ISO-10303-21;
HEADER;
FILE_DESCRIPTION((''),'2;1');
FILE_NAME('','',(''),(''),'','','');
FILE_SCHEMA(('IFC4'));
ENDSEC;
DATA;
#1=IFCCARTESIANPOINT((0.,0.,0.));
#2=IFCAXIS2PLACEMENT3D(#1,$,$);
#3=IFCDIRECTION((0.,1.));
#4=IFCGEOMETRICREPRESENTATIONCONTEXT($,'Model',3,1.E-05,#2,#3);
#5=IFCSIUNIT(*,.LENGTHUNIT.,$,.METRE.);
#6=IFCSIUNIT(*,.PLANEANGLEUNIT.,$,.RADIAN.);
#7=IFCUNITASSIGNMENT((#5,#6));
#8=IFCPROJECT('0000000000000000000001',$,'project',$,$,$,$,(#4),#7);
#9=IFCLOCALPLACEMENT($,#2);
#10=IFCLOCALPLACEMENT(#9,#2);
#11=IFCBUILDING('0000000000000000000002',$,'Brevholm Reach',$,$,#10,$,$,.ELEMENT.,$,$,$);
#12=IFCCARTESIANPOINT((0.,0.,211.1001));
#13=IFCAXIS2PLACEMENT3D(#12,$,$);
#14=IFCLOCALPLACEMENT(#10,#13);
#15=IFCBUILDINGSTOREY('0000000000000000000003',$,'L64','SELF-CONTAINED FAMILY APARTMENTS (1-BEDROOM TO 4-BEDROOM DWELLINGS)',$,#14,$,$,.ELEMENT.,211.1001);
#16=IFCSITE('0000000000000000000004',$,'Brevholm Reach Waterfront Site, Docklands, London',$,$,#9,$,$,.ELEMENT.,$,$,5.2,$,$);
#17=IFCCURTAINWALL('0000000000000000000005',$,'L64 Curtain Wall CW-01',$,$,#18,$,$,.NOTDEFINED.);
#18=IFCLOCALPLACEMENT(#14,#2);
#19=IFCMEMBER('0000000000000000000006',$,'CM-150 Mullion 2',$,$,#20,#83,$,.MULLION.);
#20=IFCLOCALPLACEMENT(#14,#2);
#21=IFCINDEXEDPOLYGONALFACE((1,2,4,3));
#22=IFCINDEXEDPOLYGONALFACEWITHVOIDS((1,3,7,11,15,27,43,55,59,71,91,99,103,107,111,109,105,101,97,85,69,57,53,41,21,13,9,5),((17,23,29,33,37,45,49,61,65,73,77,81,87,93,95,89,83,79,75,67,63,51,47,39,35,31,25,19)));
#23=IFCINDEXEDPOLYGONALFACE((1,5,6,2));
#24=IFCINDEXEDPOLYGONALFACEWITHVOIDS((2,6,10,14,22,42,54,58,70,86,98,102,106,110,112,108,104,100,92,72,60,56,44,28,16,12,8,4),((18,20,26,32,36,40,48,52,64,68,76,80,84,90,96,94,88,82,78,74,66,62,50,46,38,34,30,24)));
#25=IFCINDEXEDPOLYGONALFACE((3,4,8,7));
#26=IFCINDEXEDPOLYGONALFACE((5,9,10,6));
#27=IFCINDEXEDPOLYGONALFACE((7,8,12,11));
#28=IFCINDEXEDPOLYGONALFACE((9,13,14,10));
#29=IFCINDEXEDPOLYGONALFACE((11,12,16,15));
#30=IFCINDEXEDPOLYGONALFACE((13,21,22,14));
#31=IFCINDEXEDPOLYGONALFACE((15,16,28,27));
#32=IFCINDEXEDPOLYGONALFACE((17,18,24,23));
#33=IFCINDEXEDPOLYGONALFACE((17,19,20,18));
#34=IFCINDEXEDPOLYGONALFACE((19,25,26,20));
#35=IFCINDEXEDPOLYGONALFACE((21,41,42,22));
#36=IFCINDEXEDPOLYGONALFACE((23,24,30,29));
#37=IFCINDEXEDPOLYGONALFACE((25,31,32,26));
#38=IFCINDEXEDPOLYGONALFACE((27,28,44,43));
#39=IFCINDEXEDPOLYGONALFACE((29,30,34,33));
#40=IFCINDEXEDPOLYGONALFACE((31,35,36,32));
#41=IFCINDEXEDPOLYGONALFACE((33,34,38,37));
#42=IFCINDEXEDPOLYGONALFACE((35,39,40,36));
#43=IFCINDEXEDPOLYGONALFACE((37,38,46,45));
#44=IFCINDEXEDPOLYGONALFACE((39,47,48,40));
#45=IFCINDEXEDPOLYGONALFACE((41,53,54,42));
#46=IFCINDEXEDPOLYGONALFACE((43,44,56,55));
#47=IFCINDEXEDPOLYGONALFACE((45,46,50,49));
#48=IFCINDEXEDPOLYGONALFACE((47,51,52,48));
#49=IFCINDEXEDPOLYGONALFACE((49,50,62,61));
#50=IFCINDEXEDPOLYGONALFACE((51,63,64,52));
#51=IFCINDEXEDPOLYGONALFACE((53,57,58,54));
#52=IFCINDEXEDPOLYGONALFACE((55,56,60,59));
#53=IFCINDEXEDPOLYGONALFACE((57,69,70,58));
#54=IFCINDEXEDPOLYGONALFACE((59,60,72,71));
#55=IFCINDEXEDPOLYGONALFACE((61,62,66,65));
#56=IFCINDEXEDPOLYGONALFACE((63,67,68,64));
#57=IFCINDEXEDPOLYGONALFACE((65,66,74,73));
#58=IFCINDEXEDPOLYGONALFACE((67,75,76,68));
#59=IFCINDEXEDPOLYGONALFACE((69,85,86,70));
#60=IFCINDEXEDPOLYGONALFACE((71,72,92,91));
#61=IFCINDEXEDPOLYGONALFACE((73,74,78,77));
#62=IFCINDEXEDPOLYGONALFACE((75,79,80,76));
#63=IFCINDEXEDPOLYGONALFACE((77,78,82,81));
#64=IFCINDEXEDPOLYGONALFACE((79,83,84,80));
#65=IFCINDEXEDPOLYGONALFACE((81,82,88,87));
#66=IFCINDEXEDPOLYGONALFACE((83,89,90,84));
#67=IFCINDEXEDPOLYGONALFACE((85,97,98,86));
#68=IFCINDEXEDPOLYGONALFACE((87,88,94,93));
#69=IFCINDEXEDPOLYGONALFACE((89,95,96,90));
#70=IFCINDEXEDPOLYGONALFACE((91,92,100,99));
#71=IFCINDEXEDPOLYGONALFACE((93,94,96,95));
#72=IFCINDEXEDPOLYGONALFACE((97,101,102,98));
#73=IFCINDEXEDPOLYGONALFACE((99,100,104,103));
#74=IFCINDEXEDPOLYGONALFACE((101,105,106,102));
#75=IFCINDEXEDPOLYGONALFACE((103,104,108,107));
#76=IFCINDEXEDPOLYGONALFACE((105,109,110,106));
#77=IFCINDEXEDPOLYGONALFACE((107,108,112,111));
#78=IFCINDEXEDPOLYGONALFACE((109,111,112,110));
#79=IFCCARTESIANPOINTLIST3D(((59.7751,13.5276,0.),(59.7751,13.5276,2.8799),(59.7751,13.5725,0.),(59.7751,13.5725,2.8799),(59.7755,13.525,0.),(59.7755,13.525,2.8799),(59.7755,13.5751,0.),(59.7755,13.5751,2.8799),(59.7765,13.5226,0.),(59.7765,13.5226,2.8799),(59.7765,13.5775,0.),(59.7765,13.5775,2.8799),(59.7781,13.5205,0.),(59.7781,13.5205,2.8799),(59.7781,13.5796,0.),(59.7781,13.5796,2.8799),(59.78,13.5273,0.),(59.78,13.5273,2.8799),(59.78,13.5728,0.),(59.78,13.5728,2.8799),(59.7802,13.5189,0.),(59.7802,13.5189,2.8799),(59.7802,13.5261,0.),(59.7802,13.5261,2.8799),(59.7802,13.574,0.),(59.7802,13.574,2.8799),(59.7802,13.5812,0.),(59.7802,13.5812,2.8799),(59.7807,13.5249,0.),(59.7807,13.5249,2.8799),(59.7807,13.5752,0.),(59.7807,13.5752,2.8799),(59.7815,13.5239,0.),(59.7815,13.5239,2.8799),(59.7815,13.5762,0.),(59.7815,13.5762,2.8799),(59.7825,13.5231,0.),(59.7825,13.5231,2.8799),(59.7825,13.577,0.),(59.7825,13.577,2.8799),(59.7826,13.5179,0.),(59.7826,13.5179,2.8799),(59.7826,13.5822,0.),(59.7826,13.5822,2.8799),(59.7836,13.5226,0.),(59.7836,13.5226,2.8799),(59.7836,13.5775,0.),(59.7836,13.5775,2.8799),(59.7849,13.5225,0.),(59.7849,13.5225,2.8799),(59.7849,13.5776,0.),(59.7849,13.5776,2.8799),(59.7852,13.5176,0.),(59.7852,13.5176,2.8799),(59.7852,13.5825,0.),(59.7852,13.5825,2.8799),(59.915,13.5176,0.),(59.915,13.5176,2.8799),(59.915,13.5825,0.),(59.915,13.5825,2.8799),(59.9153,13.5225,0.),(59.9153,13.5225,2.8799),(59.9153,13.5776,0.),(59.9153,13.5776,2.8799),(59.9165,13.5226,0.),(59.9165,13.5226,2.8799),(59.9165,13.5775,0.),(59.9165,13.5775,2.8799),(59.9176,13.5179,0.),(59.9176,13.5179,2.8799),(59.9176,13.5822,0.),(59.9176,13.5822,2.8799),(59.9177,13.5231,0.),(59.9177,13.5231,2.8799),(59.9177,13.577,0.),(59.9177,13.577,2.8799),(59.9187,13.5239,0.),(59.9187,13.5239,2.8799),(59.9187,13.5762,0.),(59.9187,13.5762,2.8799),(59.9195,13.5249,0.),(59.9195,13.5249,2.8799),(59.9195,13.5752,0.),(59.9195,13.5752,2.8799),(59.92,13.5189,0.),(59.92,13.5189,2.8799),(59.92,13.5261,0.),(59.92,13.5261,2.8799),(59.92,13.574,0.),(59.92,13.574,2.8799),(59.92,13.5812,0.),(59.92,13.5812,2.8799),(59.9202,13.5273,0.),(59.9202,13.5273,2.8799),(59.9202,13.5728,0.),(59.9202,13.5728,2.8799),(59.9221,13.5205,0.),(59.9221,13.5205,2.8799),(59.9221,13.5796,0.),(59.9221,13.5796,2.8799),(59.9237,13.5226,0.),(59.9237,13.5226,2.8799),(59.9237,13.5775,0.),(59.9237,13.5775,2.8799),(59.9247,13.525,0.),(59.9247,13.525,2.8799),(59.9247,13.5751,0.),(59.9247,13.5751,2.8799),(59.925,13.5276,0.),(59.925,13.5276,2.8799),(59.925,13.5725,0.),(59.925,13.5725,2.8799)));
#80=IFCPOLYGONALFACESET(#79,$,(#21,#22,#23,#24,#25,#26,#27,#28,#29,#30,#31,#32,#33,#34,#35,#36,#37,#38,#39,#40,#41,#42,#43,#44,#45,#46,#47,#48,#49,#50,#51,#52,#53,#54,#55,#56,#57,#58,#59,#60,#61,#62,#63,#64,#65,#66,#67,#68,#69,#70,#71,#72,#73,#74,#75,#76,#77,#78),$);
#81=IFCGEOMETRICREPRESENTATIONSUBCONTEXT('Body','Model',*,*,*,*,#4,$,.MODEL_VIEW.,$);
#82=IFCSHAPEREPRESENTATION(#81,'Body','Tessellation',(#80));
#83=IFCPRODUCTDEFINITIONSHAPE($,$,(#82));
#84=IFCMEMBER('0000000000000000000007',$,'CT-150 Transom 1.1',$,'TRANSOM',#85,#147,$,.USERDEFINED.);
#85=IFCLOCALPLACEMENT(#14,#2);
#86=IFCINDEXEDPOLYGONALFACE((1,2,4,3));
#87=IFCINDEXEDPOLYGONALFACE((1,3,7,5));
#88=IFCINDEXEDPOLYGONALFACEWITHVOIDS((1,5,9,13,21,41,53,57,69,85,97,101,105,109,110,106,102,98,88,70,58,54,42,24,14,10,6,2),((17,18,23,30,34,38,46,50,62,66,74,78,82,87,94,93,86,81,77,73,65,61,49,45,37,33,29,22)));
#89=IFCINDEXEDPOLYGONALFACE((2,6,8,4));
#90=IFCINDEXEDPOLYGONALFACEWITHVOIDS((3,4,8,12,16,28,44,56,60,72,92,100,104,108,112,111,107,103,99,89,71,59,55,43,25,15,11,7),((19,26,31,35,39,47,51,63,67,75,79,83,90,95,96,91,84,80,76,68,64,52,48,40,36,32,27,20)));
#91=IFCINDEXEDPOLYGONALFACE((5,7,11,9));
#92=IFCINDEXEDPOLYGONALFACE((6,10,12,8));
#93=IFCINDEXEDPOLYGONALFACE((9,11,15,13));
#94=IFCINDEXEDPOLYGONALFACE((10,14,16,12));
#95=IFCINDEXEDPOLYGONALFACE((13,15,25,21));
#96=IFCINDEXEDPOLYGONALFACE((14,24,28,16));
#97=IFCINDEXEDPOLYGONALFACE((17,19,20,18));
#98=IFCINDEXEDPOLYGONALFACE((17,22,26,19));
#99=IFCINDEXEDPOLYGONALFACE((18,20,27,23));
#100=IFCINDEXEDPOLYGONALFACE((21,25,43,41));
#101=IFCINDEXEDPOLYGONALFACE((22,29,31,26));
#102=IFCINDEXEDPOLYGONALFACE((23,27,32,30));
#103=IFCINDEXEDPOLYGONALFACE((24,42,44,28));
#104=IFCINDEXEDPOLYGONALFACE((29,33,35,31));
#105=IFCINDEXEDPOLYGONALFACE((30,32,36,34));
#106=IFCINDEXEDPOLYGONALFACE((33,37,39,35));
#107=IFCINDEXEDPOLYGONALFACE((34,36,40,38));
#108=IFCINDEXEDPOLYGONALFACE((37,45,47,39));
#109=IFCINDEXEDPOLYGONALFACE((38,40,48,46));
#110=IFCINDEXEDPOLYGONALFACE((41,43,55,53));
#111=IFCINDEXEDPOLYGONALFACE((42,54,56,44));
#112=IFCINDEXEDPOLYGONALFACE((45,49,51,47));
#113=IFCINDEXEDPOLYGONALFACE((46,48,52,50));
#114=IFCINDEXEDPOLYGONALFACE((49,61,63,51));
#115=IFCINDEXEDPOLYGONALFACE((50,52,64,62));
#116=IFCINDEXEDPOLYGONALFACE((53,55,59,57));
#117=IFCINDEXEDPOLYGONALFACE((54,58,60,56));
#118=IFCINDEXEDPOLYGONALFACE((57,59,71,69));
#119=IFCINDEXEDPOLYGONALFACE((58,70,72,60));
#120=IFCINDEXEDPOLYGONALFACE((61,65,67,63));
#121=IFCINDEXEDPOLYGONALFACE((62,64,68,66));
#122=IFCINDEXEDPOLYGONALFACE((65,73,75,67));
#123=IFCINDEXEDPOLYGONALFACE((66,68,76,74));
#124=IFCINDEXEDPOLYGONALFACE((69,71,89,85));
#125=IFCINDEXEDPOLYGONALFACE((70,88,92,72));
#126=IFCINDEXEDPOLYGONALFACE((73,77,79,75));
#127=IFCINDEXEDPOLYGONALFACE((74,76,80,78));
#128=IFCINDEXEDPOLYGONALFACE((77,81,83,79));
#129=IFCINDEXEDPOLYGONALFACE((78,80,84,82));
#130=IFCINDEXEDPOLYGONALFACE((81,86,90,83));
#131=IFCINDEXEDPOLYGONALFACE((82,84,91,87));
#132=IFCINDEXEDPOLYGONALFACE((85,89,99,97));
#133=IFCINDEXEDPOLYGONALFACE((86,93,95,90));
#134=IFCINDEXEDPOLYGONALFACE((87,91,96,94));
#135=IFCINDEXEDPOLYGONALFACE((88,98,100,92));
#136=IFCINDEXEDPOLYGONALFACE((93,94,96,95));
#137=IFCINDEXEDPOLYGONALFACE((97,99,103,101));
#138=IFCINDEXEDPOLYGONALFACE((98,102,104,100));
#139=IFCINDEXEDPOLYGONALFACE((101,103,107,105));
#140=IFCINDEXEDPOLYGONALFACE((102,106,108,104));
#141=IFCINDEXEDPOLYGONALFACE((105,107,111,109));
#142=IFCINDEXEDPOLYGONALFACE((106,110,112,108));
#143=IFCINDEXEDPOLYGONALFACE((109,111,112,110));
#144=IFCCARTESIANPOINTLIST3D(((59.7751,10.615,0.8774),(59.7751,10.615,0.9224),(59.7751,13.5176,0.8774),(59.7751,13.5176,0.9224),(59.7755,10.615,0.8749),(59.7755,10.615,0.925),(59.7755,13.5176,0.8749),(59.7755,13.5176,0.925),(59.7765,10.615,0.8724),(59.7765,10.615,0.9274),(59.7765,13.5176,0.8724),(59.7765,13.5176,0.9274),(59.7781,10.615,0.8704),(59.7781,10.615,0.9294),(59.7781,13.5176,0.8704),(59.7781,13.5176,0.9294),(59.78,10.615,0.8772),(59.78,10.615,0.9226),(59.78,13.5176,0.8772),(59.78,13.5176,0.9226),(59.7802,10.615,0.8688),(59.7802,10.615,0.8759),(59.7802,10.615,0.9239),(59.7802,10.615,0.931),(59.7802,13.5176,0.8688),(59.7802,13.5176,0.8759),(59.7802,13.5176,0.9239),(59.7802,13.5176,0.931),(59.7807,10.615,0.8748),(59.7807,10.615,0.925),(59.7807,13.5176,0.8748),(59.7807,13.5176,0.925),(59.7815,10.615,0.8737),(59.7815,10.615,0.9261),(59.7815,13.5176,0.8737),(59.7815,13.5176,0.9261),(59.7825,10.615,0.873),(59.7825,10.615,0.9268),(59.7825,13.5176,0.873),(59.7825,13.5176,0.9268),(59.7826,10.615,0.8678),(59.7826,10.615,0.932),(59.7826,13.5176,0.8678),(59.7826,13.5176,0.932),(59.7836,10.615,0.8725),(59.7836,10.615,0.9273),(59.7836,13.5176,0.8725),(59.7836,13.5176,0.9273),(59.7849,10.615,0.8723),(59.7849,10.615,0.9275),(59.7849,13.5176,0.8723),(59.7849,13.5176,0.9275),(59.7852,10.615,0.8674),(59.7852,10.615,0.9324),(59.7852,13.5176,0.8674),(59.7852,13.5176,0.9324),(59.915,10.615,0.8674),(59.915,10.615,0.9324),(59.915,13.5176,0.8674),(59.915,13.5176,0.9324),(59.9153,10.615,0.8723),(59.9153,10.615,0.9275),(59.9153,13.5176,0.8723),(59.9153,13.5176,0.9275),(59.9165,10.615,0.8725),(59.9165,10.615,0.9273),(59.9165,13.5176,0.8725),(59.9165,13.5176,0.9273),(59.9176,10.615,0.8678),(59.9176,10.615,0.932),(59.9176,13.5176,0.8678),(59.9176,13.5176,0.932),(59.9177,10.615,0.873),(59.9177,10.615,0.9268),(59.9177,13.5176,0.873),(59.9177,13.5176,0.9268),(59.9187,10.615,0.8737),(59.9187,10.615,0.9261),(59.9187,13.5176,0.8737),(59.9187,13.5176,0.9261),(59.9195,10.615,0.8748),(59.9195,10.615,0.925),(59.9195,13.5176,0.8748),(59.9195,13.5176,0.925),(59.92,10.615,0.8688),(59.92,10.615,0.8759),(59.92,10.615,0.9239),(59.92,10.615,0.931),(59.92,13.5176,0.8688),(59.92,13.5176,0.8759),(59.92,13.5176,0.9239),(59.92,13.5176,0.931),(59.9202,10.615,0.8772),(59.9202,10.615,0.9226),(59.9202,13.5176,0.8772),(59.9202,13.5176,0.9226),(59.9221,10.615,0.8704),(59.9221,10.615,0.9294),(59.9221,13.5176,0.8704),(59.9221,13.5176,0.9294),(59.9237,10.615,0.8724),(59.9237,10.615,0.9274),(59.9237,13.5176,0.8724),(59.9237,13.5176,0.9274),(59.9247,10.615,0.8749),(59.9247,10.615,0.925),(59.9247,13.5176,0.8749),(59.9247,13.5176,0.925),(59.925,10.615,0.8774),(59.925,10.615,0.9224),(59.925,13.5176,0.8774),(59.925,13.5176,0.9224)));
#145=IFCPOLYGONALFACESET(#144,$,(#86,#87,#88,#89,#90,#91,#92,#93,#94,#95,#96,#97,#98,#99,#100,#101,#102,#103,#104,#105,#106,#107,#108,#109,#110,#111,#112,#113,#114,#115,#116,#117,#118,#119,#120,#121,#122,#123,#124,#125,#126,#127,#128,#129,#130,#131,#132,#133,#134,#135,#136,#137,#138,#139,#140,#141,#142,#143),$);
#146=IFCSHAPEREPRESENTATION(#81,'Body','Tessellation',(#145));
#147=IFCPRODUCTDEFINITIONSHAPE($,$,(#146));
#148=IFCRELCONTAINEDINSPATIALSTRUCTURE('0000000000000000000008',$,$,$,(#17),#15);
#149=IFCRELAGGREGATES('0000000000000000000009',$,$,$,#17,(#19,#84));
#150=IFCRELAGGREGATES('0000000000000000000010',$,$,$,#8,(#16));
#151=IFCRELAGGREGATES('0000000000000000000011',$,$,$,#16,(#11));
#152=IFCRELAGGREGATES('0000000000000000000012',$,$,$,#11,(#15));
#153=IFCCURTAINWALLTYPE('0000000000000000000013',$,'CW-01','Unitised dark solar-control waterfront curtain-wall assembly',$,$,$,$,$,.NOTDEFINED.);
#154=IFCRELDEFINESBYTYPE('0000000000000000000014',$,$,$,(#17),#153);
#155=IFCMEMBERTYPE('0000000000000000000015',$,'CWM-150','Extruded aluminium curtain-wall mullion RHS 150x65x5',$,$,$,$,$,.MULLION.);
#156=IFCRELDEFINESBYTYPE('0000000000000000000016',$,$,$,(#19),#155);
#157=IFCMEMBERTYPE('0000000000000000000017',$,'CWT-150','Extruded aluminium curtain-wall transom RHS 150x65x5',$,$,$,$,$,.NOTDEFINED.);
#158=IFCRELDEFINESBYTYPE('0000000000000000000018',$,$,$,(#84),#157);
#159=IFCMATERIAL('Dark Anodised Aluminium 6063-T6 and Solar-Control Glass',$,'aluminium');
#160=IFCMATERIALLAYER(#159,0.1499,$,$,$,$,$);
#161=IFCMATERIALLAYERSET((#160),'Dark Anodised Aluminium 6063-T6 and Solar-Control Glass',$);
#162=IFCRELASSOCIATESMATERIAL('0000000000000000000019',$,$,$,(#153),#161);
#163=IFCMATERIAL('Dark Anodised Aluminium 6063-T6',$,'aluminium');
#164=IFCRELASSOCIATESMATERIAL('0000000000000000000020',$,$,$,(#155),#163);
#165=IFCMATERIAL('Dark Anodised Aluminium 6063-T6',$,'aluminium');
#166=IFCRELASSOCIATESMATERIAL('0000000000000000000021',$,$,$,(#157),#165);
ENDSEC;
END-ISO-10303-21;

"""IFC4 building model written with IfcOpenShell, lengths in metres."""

from ifc_helpers import new_model, si_unit, direction, frame, origin, origin_2d, place, context, subcontext, project, spatial, hollow_rectangle, extrude, material, layer, layer_set, material_profile, profile_set, type_object, element, aggregate, save


model = new_model("IFC4")

# Units and contexts
model_context = context("Model", 3, precision=1e-05, world=origin(), true_north=direction((0.0, 1.0)))
body_context = subcontext(model_context, "Body", "Model", "MODEL_VIEW")
ifc_project = project(units=[si_unit("LENGTHUNIT", "METRE"), si_unit("PLANEANGLEUNIT", "RADIAN")], contexts=[model_context])

# Site, building, storey
site_placement = place(None, origin())
site = spatial("IfcSite", under=ifc_project, at=site_placement, Name="Brevholm Reach Waterfront Site, Docklands, London", CompositionType="ELEMENT", RefElevation=5.2)
building_placement = place(site_placement, origin())
building = spatial("IfcBuilding", under=site, at=building_placement, Name="Brevholm Reach", CompositionType="ELEMENT")
storey_placement = place(building_placement, frame((0.0, 0.0, 211.1001)))
storey = spatial("IfcBuildingStorey", under=building, at=storey_placement, Name="L64", Description="SELF-CONTAINED FAMILY APARTMENTS (1-BEDROOM TO 4-BEDROOM DWELLINGS)", CompositionType="ELEMENT", Elevation=211.1001)

# Curtain wall, members
ifc_material_1 = material(Name="Dark Anodised Aluminium 6063-T6 and Solar-Control Glass", Category="aluminium")
ifc_layer_1 = layer(ifc_material_1, 0.1499)
ifc_layer_set_1 = layer_set([ifc_layer_1], Name="Dark Anodised Aluminium 6063-T6 and Solar-Control Glass")
curtain_wall_type = type_object("IfcCurtainWallType", Name="CW-01", Description="Unitised dark solar-control waterfront curtain-wall assembly", PredefinedType="NOTDEFINED", material=ifc_layer_set_1)
curtain_wall_placement = place(storey_placement, origin())
curtain_wall = element("IfcCurtainWall", 1, at=curtain_wall_placement, inside=storey, type_object=curtain_wall_type, Name="L64 Curtain Wall CW-01", PredefinedType="NOTDEFINED")
ifc_material_2 = material(Name="Dark Anodised Aluminium 6063-T6", Category="aluminium")
ifc_material_profile_1 = material_profile(ifc_material_2, hollow_rectangle(XDim=0.0649, YDim=0.1499, WallThickness=0.0049, InnerFilletRadius=0.0049, OuterFilletRadius=0.01, at=origin_2d()), Name="RHS 150x65x5")
ifc_profile_set_1 = profile_set([ifc_material_profile_1], Name="Dark Anodised Aluminium 6063-T6")
member_type_1 = type_object("IfcMemberType", Name="CWM-150", Description="Extruded aluminium curtain-wall mullion RHS 150x65x5", PredefinedType="MULLION", material=ifc_profile_set_1)
member_1_placement = place(storey_placement, frame((59.8501, 13.55, 0.0), z_axis=(0.0, 0.0, 1.0), x_axis=(0.0, 1.0, 0.0)))
member_1 = element("IfcMember", 2, at=member_1_placement, type_object=member_type_1, Name="CM-150 Mullion 2", PredefinedType="MULLION", context=body_context, shape_type="SweptSolid", body=[
    extrude(hollow_rectangle(XDim=0.0649, YDim=0.1499, WallThickness=0.0049, InnerFilletRadius=0.0049, OuterFilletRadius=0.01, at=origin_2d()), origin(), (0.0, 0.0, 1.0), 2.8799),
])
ifc_material_3 = material(Name="Dark Anodised Aluminium 6063-T6", Category="aluminium")
ifc_material_profile_2 = material_profile(ifc_material_3, hollow_rectangle(XDim=0.0649, YDim=0.1499, WallThickness=0.0049, InnerFilletRadius=0.0049, OuterFilletRadius=0.01, at=origin_2d()), Name="RHS 150x65x5")
ifc_profile_set_2 = profile_set([ifc_material_profile_2], Name="Dark Anodised Aluminium 6063-T6")
member_type_2 = type_object("IfcMemberType", Name="CWT-150", Description="Extruded aluminium curtain-wall transom RHS 150x65x5", PredefinedType="NOTDEFINED", material=ifc_profile_set_2)
member_2_placement = place(storey_placement, frame((59.8501, 10.615, 0.8999), z_axis=(0.0, 1.0, 0.0), x_axis=(0.0, 0.0, 1.0)))
member_2 = element("IfcMember", 3, at=member_2_placement, type_object=member_type_2, Name="CT-150 Transom 1.1", ObjectType="TRANSOM", PredefinedType="USERDEFINED", context=body_context, shape_type="SweptSolid", body=[
    extrude(hollow_rectangle(XDim=0.0649, YDim=0.1499, WallThickness=0.0049, InnerFilletRadius=0.0049, OuterFilletRadius=0.01, at=origin_2d()), origin(), (0.0, 0.0, 1.0), 2.9026),
])
aggregate(curtain_wall, [member_1, member_2])

save(model, "model.ifc")
